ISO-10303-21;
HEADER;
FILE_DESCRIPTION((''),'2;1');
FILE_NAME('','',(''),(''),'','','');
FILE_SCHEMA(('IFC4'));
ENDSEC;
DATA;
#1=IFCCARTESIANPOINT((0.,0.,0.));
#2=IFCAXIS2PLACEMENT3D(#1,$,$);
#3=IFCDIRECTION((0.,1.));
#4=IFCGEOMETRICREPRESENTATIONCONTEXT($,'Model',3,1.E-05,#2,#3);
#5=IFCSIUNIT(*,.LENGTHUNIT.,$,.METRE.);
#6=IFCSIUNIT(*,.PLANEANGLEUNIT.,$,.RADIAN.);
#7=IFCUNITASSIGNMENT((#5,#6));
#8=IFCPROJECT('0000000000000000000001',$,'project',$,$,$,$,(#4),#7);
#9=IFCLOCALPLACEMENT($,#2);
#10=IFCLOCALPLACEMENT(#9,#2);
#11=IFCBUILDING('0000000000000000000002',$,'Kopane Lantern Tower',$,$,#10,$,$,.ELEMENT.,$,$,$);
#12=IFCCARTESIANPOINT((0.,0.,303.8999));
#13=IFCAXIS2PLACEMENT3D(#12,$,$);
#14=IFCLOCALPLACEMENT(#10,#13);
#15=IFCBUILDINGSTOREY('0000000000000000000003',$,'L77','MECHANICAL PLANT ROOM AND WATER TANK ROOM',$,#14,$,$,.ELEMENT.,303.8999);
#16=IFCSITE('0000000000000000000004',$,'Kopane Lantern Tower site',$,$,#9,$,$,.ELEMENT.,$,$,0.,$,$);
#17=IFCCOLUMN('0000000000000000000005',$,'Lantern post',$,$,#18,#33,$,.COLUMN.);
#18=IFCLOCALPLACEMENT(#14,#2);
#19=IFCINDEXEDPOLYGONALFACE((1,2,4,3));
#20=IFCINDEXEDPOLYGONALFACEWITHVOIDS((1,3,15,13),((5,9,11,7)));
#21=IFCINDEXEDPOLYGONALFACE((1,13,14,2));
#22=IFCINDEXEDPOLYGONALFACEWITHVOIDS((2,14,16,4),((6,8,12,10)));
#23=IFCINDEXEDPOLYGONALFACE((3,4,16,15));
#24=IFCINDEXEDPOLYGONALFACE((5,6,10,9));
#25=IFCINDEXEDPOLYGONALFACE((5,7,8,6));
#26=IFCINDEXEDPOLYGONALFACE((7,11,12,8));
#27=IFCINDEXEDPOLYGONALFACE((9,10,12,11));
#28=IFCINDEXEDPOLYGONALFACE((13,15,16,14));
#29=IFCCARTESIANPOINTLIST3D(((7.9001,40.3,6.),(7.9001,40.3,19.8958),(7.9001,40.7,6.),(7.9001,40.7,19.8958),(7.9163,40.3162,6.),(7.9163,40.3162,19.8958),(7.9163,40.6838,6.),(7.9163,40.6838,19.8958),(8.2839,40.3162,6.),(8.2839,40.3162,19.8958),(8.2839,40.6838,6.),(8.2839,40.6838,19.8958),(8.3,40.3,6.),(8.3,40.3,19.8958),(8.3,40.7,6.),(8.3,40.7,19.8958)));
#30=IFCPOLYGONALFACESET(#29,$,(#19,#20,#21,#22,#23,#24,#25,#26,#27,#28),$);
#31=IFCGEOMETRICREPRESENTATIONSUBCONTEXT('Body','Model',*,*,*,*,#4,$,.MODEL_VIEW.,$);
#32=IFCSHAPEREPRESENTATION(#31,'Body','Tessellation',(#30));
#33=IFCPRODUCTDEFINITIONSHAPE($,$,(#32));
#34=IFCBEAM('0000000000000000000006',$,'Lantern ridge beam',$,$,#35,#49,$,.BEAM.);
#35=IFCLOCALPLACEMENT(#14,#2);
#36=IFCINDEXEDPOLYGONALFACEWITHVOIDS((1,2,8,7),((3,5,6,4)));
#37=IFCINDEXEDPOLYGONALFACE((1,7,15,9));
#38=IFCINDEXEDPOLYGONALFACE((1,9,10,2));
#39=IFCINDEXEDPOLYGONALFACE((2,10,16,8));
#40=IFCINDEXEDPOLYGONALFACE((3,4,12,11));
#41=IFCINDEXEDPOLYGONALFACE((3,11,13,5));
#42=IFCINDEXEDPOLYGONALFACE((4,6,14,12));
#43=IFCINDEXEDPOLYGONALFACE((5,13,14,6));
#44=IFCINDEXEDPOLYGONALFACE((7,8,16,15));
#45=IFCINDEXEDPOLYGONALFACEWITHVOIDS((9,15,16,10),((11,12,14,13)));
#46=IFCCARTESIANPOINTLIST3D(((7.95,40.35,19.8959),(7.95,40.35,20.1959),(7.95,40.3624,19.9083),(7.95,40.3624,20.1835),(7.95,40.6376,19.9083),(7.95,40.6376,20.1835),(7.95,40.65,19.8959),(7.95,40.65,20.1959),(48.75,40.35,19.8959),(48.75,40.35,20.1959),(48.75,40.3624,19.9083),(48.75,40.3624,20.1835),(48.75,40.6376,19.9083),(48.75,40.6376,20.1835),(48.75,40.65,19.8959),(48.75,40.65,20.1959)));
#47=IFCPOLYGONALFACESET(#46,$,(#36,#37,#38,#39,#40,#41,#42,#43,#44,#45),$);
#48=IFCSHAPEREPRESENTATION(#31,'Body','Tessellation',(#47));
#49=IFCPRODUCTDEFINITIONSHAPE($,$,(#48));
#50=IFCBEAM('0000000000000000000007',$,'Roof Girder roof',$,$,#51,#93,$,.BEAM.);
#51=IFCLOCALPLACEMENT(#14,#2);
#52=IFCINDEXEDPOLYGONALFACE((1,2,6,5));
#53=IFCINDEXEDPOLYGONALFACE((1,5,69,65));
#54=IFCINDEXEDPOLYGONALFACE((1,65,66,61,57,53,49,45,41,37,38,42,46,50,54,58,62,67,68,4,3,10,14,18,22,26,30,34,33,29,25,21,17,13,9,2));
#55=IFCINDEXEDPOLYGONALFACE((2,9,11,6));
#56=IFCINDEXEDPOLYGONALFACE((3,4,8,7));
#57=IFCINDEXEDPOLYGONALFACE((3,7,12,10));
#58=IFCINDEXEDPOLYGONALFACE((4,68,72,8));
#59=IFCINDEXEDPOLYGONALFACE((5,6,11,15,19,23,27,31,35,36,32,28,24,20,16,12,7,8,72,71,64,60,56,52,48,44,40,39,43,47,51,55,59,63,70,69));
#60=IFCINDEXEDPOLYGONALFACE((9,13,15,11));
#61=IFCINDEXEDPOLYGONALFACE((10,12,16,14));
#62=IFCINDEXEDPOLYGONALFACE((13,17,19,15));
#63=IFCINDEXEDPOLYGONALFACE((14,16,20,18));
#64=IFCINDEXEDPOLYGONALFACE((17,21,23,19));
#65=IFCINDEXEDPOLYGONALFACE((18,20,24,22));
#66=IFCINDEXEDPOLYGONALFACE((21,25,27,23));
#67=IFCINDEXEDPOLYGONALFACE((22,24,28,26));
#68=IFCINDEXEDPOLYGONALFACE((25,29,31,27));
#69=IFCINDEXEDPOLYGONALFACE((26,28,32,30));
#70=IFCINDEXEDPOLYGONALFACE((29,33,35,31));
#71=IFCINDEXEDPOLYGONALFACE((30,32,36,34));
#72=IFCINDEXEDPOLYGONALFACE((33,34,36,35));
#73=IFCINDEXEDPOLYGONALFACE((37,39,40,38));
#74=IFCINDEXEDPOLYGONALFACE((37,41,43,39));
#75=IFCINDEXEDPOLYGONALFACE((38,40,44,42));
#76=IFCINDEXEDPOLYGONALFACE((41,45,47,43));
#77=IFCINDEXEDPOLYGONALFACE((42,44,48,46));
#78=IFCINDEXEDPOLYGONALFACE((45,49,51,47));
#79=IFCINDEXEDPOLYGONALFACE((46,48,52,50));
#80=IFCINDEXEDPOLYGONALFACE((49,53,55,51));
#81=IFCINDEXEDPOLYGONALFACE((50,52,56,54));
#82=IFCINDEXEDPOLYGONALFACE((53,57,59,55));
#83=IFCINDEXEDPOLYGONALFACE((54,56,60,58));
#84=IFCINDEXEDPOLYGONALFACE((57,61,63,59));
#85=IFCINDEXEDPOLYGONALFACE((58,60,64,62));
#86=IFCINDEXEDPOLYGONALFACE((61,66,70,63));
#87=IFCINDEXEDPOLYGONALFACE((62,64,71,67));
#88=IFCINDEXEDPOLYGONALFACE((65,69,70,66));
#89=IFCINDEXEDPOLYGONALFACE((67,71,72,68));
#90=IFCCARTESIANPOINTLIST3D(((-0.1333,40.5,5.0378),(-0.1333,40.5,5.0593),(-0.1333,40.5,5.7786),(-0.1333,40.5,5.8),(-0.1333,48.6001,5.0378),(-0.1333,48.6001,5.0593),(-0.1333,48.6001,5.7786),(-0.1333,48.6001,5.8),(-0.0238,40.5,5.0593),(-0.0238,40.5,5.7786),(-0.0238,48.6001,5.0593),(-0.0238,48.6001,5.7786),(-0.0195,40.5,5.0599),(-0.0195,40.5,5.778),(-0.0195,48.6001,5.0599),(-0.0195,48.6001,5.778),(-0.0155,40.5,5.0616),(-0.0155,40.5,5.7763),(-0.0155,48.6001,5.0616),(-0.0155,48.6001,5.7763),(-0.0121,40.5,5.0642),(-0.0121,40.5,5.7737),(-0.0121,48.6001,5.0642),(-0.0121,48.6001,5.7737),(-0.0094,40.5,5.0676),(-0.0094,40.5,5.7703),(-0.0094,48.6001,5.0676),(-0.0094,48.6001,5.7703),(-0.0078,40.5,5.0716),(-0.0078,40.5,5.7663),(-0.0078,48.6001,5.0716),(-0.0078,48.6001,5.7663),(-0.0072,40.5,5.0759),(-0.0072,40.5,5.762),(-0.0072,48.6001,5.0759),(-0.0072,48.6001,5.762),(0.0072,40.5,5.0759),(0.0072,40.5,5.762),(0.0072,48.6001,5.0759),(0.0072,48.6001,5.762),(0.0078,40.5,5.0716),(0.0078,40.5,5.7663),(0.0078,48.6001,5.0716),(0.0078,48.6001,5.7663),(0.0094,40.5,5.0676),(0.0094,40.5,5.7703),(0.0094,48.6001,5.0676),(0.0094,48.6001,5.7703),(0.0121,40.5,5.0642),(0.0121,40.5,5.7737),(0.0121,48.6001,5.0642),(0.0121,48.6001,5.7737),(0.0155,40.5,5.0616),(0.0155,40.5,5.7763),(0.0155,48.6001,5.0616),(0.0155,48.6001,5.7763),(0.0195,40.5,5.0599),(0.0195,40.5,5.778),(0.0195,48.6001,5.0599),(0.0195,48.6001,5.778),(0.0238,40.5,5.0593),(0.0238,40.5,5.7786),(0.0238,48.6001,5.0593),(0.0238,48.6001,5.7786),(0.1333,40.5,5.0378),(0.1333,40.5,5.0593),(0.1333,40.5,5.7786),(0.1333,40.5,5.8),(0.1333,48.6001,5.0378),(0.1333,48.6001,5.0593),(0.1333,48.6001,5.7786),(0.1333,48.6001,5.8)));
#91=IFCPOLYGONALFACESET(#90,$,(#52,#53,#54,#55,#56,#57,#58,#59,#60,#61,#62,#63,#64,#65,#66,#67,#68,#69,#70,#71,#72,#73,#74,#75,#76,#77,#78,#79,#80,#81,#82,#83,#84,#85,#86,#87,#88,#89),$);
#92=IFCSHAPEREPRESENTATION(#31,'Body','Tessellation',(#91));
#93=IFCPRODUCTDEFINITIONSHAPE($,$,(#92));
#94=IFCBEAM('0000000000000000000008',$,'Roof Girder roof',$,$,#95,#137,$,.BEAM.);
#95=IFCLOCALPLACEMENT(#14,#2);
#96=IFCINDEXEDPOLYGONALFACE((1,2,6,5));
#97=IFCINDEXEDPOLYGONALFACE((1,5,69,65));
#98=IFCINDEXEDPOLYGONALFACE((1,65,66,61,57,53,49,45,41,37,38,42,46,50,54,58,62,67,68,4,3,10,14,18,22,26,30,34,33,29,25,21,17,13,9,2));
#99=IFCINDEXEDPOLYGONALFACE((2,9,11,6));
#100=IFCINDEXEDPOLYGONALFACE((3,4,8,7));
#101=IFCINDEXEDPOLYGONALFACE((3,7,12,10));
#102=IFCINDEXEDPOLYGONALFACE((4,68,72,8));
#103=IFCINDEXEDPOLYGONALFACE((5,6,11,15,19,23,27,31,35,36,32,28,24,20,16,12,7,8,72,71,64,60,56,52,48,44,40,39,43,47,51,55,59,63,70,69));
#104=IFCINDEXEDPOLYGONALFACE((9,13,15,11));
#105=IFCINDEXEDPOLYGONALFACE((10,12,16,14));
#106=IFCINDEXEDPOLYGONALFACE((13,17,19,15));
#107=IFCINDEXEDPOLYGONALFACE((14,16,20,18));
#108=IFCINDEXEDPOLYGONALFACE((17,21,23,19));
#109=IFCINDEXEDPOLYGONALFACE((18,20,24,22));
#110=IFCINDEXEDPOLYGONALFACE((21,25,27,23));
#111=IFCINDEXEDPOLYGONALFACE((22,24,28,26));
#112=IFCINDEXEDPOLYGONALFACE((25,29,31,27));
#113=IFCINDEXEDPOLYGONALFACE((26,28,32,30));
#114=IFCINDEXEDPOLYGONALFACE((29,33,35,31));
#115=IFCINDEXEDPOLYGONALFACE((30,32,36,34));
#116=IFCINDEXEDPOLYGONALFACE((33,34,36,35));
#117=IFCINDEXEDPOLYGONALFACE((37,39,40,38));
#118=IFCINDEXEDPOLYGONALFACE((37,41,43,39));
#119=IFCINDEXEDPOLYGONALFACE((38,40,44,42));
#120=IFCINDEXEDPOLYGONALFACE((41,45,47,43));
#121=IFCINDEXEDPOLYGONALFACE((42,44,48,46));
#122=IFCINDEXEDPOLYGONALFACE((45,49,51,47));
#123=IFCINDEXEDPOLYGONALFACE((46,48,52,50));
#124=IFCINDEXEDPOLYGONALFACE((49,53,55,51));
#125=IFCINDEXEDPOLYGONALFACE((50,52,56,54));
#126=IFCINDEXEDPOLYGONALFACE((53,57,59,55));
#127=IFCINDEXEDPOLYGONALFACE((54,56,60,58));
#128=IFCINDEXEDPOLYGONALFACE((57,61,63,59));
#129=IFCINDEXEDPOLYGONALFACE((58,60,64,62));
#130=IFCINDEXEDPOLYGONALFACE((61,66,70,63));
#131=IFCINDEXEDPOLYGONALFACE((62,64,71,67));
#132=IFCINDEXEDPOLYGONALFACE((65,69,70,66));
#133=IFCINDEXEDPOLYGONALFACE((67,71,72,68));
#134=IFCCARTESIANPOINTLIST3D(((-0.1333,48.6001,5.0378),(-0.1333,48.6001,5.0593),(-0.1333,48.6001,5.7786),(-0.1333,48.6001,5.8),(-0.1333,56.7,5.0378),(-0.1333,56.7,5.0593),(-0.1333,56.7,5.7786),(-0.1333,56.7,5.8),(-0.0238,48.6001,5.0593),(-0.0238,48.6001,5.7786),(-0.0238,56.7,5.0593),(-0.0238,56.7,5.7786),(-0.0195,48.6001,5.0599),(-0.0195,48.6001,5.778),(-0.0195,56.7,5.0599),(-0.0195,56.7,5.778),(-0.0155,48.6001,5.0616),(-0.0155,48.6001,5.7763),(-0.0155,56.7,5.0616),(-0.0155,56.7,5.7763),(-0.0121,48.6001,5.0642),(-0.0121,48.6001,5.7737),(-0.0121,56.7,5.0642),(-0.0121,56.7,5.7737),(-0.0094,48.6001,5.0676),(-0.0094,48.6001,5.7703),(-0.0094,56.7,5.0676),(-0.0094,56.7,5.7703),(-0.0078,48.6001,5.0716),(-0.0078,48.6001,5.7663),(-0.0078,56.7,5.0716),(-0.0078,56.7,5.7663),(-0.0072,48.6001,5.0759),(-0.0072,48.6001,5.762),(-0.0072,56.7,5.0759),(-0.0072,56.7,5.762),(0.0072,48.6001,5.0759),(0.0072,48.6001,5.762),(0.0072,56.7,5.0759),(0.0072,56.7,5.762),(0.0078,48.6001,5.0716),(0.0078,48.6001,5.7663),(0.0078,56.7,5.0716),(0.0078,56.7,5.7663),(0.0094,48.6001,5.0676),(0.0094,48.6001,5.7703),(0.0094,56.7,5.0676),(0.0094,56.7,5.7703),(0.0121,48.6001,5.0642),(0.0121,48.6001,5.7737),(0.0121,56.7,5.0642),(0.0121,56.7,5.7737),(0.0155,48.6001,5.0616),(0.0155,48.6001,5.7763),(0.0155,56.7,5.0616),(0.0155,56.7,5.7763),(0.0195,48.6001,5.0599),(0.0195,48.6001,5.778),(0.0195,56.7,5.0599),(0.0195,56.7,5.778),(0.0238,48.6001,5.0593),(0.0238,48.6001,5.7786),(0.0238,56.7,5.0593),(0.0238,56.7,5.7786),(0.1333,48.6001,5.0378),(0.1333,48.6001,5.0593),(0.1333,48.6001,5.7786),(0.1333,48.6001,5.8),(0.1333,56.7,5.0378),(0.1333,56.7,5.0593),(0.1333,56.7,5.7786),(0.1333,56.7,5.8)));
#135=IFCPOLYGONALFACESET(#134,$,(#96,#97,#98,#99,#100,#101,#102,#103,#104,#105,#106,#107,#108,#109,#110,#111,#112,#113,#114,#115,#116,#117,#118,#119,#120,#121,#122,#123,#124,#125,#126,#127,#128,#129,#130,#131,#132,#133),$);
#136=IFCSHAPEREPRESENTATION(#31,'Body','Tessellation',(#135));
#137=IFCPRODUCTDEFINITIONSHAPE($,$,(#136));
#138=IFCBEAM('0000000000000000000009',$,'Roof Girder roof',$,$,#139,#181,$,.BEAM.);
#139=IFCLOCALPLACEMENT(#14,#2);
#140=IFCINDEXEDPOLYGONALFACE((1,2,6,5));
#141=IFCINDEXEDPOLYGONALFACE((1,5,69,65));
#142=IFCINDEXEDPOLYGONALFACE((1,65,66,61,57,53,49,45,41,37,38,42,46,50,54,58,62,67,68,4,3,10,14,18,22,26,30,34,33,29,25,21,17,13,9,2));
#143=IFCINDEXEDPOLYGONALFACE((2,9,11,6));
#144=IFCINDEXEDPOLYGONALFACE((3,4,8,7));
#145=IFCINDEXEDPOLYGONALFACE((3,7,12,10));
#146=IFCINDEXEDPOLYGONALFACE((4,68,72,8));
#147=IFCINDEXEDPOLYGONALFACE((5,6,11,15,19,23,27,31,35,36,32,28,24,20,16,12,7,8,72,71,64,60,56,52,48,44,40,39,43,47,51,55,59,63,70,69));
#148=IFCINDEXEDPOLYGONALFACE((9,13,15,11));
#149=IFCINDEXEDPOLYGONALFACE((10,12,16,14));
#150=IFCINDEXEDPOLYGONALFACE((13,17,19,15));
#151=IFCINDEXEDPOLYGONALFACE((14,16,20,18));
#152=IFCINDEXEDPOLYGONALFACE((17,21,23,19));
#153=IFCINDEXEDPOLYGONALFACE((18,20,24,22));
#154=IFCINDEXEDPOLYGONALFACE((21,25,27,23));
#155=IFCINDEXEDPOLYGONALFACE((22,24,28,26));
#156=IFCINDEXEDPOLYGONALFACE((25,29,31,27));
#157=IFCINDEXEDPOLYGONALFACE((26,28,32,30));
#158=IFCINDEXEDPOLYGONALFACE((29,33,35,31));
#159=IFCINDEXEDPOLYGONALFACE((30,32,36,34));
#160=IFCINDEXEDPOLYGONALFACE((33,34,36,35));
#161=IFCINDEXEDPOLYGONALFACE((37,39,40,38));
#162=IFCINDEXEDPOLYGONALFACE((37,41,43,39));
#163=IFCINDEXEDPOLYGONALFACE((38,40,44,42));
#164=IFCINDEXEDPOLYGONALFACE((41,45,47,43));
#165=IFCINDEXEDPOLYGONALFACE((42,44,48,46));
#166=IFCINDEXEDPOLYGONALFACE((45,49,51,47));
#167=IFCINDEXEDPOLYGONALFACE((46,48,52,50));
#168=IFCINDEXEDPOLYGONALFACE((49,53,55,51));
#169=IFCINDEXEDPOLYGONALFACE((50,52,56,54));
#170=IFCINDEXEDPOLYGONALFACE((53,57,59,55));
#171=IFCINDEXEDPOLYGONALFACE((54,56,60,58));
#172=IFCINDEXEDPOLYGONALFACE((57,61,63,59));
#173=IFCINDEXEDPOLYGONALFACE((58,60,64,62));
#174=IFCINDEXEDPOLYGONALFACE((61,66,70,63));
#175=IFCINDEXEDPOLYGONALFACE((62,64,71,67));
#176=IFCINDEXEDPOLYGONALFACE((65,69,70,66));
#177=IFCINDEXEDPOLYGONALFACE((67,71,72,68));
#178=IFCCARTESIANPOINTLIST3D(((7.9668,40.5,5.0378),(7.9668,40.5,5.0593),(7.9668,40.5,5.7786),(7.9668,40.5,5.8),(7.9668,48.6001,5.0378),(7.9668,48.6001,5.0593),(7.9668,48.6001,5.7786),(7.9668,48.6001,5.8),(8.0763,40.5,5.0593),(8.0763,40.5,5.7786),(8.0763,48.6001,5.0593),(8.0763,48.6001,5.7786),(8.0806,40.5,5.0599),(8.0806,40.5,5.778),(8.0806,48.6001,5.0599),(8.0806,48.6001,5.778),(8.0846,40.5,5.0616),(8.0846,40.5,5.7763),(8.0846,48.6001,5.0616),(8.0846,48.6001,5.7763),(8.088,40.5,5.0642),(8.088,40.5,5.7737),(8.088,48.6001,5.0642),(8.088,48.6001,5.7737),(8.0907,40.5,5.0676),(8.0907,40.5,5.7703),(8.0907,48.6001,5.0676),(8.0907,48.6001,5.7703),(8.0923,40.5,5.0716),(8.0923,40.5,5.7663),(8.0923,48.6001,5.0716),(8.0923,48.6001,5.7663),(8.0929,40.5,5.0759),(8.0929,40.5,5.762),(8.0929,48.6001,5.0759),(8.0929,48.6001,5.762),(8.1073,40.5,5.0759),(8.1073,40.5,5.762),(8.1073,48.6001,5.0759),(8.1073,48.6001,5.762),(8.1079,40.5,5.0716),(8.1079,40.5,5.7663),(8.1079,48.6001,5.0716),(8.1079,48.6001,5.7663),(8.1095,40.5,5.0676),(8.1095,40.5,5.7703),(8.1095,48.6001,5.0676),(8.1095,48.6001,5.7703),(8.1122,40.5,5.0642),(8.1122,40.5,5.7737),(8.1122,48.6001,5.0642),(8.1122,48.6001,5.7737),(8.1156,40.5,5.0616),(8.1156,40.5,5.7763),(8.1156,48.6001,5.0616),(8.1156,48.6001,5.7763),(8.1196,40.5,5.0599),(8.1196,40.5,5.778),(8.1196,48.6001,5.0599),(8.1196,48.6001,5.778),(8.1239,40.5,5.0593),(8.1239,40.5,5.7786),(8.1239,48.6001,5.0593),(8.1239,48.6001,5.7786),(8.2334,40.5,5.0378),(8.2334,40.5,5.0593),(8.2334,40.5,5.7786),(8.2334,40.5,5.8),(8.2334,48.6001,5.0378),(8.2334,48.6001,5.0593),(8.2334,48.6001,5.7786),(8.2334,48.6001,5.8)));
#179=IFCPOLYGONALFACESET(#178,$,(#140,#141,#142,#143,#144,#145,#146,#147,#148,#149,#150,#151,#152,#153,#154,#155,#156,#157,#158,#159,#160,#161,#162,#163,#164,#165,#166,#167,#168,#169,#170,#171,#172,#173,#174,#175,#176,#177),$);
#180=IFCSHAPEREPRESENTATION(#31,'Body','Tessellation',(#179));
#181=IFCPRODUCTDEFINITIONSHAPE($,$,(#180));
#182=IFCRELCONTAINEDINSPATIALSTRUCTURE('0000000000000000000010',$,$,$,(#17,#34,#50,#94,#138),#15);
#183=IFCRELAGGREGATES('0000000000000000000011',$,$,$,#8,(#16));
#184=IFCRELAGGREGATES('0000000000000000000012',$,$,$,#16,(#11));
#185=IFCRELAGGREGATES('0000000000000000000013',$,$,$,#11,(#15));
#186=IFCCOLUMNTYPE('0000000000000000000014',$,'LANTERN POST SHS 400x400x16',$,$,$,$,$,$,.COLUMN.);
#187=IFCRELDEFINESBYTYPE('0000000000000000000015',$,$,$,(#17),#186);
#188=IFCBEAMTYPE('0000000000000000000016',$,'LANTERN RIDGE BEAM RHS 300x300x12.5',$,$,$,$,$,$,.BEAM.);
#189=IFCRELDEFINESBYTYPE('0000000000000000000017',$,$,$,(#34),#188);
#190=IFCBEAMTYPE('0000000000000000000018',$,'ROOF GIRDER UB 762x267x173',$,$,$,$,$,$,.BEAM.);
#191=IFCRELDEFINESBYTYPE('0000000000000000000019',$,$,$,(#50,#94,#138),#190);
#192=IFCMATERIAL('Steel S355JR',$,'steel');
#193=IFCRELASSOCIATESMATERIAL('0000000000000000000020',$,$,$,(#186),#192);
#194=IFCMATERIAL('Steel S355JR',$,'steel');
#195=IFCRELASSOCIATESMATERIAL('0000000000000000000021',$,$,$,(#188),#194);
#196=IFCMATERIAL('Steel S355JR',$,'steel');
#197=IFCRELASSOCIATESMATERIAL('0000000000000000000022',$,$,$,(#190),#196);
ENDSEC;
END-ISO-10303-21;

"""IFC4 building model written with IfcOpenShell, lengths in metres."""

from ifc_helpers import new_model, si_unit, direction, frame, origin, origin_2d, place, context, subcontext, project, spatial, hollow_rectangle, i_section, extrude, material, material_profile, profile_set, type_object, element, save


model = new_model("IFC4")

# Units and contexts
model_context = context("Model", 3, precision=1e-05, world=origin(), true_north=direction((0.0, 1.0)))
body_context = subcontext(model_context, "Body", "Model", "MODEL_VIEW")
ifc_project = project(units=[si_unit("LENGTHUNIT", "METRE"), si_unit("PLANEANGLEUNIT", "RADIAN")], contexts=[model_context])

# Site, building, storey
site_placement = place(None, origin())
site = spatial("IfcSite", under=ifc_project, at=site_placement, Name="Kopane Lantern Tower site", CompositionType="ELEMENT", RefElevation=0.0)
building_placement = place(site_placement, origin())
building = spatial("IfcBuilding", under=site, at=building_placement, Name="Kopane Lantern Tower", CompositionType="ELEMENT")
storey_placement = place(building_placement, frame((0.0, 0.0, 303.8999)))
storey = spatial("IfcBuildingStorey", under=building, at=storey_placement, Name="L77", Description="MECHANICAL PLANT ROOM AND WATER TANK ROOM", CompositionType="ELEMENT", Elevation=303.8999)

# Column
ifc_material_1 = material(Name="Steel S355JR", Category="steel")
ifc_material_profile_1 = material_profile(ifc_material_1, hollow_rectangle(XDim=0.3999, YDim=0.3999, WallThickness=0.0161, at=origin_2d()), Name="RHS 400x400x16")
ifc_profile_set_1 = profile_set([ifc_material_profile_1], Name="Steel S355JR")
column_type = type_object("IfcColumnType", Name="LANTERN POST SHS 400x400x16", PredefinedType="COLUMN", material=ifc_profile_set_1)
column_placement = place(storey_placement, frame((8.1001, 40.5, 6.0), z_axis=(0.0, 0.0, 1.0), x_axis=(1.0, 0.0, 0.0)))
element("IfcColumn", 1, at=column_placement, inside=storey, type_object=column_type, Name="Lantern post", PredefinedType="COLUMN", context=body_context, shape_type="SweptSolid", body=[
    extrude(hollow_rectangle(XDim=0.3999, YDim=0.3999, WallThickness=0.0161, at=origin_2d()), origin(), (0.0, 0.0, 1.0), 13.8958),
])

# Beams
ifc_material_2 = material(Name="Steel S355JR", Category="steel")
ifc_material_profile_2 = material_profile(ifc_material_2, hollow_rectangle(XDim=0.3, YDim=0.3, WallThickness=0.0125, at=origin_2d()), Name="RHS 300x300x12.5")
ifc_profile_set_2 = profile_set([ifc_material_profile_2], Name="Steel S355JR")
beam_type_1 = type_object("IfcBeamType", Name="LANTERN RIDGE BEAM RHS 300x300x12.5", PredefinedType="BEAM", material=ifc_profile_set_2)
beam_1_placement = place(storey_placement, frame((7.95, 40.5, 20.0459), z_axis=(1.0, 0.0, 0.0), x_axis=(0.0, 1.0, 0.0)))
element("IfcBeam", 2, at=beam_1_placement, inside=storey, type_object=beam_type_1, Name="Lantern ridge beam", PredefinedType="BEAM", context=body_context, shape_type="SweptSolid", body=[
    extrude(hollow_rectangle(XDim=0.3, YDim=0.3, WallThickness=0.0125, at=origin_2d()), origin(), (0.0, 0.0, 1.0), 40.8),
])
ifc_material_3 = material(Name="Steel S355JR", Category="steel")
ifc_material_profile_3 = material_profile(ifc_material_3, i_section(OverallWidth=0.2666, OverallDepth=0.7622, WebThickness=0.0144, FlangeThickness=0.0215, FilletRadius=0.0166, at=origin_2d()), Name="UB 762x267x173")
ifc_profile_set_3 = profile_set([ifc_material_profile_3], Name="Steel S355JR")
beam_type_2 = type_object("IfcBeamType", Name="ROOF GIRDER UB 762x267x173", PredefinedType="BEAM", material=ifc_profile_set_3)
beam_2_placement = place(storey_placement, frame((0.0, 40.5, 5.4189), z_axis=(0.0, 1.0, 0.0), x_axis=(-1.0, 0.0, 0.0)))
element("IfcBeam", 3, at=beam_2_placement, inside=storey, type_object=beam_type_2, Name="Roof Girder roof", PredefinedType="BEAM", context=body_context, shape_type="SweptSolid", body=[
    extrude(i_section(OverallWidth=0.2666, OverallDepth=0.7622, WebThickness=0.0144, FlangeThickness=0.0215, FilletRadius=0.0166, at=origin_2d()), origin(), (0.0, 0.0, 1.0), 8.1001),
])
beam_3_placement = place(storey_placement, frame((0.0, 48.6001, 5.4189), z_axis=(0.0, 1.0, 0.0), x_axis=(-1.0, 0.0, 0.0)))
element("IfcBeam", 4, at=beam_3_placement, inside=storey, type_object=beam_type_2, Name="Roof Girder roof", PredefinedType="BEAM", context=body_context, shape_type="SweptSolid", body=[
    extrude(i_section(OverallWidth=0.2666, OverallDepth=0.7622, WebThickness=0.0144, FlangeThickness=0.0215, FilletRadius=0.0166, at=origin_2d()), origin(), (0.0, 0.0, 1.0), 8.0999),
])
beam_4_placement = place(storey_placement, frame((8.1001, 40.5, 5.4189), z_axis=(0.0, 1.0, 0.0), x_axis=(-1.0, 0.0, 0.0)))
element("IfcBeam", 5, at=beam_4_placement, inside=storey, type_object=beam_type_2, Name="Roof Girder roof", PredefinedType="BEAM", context=body_context, shape_type="SweptSolid", body=[
    extrude(i_section(OverallWidth=0.2666, OverallDepth=0.7622, WebThickness=0.0144, FlangeThickness=0.0215, FilletRadius=0.0166, at=origin_2d()), origin(), (0.0, 0.0, 1.0), 8.1001),
])

save(model, "model.ifc")
